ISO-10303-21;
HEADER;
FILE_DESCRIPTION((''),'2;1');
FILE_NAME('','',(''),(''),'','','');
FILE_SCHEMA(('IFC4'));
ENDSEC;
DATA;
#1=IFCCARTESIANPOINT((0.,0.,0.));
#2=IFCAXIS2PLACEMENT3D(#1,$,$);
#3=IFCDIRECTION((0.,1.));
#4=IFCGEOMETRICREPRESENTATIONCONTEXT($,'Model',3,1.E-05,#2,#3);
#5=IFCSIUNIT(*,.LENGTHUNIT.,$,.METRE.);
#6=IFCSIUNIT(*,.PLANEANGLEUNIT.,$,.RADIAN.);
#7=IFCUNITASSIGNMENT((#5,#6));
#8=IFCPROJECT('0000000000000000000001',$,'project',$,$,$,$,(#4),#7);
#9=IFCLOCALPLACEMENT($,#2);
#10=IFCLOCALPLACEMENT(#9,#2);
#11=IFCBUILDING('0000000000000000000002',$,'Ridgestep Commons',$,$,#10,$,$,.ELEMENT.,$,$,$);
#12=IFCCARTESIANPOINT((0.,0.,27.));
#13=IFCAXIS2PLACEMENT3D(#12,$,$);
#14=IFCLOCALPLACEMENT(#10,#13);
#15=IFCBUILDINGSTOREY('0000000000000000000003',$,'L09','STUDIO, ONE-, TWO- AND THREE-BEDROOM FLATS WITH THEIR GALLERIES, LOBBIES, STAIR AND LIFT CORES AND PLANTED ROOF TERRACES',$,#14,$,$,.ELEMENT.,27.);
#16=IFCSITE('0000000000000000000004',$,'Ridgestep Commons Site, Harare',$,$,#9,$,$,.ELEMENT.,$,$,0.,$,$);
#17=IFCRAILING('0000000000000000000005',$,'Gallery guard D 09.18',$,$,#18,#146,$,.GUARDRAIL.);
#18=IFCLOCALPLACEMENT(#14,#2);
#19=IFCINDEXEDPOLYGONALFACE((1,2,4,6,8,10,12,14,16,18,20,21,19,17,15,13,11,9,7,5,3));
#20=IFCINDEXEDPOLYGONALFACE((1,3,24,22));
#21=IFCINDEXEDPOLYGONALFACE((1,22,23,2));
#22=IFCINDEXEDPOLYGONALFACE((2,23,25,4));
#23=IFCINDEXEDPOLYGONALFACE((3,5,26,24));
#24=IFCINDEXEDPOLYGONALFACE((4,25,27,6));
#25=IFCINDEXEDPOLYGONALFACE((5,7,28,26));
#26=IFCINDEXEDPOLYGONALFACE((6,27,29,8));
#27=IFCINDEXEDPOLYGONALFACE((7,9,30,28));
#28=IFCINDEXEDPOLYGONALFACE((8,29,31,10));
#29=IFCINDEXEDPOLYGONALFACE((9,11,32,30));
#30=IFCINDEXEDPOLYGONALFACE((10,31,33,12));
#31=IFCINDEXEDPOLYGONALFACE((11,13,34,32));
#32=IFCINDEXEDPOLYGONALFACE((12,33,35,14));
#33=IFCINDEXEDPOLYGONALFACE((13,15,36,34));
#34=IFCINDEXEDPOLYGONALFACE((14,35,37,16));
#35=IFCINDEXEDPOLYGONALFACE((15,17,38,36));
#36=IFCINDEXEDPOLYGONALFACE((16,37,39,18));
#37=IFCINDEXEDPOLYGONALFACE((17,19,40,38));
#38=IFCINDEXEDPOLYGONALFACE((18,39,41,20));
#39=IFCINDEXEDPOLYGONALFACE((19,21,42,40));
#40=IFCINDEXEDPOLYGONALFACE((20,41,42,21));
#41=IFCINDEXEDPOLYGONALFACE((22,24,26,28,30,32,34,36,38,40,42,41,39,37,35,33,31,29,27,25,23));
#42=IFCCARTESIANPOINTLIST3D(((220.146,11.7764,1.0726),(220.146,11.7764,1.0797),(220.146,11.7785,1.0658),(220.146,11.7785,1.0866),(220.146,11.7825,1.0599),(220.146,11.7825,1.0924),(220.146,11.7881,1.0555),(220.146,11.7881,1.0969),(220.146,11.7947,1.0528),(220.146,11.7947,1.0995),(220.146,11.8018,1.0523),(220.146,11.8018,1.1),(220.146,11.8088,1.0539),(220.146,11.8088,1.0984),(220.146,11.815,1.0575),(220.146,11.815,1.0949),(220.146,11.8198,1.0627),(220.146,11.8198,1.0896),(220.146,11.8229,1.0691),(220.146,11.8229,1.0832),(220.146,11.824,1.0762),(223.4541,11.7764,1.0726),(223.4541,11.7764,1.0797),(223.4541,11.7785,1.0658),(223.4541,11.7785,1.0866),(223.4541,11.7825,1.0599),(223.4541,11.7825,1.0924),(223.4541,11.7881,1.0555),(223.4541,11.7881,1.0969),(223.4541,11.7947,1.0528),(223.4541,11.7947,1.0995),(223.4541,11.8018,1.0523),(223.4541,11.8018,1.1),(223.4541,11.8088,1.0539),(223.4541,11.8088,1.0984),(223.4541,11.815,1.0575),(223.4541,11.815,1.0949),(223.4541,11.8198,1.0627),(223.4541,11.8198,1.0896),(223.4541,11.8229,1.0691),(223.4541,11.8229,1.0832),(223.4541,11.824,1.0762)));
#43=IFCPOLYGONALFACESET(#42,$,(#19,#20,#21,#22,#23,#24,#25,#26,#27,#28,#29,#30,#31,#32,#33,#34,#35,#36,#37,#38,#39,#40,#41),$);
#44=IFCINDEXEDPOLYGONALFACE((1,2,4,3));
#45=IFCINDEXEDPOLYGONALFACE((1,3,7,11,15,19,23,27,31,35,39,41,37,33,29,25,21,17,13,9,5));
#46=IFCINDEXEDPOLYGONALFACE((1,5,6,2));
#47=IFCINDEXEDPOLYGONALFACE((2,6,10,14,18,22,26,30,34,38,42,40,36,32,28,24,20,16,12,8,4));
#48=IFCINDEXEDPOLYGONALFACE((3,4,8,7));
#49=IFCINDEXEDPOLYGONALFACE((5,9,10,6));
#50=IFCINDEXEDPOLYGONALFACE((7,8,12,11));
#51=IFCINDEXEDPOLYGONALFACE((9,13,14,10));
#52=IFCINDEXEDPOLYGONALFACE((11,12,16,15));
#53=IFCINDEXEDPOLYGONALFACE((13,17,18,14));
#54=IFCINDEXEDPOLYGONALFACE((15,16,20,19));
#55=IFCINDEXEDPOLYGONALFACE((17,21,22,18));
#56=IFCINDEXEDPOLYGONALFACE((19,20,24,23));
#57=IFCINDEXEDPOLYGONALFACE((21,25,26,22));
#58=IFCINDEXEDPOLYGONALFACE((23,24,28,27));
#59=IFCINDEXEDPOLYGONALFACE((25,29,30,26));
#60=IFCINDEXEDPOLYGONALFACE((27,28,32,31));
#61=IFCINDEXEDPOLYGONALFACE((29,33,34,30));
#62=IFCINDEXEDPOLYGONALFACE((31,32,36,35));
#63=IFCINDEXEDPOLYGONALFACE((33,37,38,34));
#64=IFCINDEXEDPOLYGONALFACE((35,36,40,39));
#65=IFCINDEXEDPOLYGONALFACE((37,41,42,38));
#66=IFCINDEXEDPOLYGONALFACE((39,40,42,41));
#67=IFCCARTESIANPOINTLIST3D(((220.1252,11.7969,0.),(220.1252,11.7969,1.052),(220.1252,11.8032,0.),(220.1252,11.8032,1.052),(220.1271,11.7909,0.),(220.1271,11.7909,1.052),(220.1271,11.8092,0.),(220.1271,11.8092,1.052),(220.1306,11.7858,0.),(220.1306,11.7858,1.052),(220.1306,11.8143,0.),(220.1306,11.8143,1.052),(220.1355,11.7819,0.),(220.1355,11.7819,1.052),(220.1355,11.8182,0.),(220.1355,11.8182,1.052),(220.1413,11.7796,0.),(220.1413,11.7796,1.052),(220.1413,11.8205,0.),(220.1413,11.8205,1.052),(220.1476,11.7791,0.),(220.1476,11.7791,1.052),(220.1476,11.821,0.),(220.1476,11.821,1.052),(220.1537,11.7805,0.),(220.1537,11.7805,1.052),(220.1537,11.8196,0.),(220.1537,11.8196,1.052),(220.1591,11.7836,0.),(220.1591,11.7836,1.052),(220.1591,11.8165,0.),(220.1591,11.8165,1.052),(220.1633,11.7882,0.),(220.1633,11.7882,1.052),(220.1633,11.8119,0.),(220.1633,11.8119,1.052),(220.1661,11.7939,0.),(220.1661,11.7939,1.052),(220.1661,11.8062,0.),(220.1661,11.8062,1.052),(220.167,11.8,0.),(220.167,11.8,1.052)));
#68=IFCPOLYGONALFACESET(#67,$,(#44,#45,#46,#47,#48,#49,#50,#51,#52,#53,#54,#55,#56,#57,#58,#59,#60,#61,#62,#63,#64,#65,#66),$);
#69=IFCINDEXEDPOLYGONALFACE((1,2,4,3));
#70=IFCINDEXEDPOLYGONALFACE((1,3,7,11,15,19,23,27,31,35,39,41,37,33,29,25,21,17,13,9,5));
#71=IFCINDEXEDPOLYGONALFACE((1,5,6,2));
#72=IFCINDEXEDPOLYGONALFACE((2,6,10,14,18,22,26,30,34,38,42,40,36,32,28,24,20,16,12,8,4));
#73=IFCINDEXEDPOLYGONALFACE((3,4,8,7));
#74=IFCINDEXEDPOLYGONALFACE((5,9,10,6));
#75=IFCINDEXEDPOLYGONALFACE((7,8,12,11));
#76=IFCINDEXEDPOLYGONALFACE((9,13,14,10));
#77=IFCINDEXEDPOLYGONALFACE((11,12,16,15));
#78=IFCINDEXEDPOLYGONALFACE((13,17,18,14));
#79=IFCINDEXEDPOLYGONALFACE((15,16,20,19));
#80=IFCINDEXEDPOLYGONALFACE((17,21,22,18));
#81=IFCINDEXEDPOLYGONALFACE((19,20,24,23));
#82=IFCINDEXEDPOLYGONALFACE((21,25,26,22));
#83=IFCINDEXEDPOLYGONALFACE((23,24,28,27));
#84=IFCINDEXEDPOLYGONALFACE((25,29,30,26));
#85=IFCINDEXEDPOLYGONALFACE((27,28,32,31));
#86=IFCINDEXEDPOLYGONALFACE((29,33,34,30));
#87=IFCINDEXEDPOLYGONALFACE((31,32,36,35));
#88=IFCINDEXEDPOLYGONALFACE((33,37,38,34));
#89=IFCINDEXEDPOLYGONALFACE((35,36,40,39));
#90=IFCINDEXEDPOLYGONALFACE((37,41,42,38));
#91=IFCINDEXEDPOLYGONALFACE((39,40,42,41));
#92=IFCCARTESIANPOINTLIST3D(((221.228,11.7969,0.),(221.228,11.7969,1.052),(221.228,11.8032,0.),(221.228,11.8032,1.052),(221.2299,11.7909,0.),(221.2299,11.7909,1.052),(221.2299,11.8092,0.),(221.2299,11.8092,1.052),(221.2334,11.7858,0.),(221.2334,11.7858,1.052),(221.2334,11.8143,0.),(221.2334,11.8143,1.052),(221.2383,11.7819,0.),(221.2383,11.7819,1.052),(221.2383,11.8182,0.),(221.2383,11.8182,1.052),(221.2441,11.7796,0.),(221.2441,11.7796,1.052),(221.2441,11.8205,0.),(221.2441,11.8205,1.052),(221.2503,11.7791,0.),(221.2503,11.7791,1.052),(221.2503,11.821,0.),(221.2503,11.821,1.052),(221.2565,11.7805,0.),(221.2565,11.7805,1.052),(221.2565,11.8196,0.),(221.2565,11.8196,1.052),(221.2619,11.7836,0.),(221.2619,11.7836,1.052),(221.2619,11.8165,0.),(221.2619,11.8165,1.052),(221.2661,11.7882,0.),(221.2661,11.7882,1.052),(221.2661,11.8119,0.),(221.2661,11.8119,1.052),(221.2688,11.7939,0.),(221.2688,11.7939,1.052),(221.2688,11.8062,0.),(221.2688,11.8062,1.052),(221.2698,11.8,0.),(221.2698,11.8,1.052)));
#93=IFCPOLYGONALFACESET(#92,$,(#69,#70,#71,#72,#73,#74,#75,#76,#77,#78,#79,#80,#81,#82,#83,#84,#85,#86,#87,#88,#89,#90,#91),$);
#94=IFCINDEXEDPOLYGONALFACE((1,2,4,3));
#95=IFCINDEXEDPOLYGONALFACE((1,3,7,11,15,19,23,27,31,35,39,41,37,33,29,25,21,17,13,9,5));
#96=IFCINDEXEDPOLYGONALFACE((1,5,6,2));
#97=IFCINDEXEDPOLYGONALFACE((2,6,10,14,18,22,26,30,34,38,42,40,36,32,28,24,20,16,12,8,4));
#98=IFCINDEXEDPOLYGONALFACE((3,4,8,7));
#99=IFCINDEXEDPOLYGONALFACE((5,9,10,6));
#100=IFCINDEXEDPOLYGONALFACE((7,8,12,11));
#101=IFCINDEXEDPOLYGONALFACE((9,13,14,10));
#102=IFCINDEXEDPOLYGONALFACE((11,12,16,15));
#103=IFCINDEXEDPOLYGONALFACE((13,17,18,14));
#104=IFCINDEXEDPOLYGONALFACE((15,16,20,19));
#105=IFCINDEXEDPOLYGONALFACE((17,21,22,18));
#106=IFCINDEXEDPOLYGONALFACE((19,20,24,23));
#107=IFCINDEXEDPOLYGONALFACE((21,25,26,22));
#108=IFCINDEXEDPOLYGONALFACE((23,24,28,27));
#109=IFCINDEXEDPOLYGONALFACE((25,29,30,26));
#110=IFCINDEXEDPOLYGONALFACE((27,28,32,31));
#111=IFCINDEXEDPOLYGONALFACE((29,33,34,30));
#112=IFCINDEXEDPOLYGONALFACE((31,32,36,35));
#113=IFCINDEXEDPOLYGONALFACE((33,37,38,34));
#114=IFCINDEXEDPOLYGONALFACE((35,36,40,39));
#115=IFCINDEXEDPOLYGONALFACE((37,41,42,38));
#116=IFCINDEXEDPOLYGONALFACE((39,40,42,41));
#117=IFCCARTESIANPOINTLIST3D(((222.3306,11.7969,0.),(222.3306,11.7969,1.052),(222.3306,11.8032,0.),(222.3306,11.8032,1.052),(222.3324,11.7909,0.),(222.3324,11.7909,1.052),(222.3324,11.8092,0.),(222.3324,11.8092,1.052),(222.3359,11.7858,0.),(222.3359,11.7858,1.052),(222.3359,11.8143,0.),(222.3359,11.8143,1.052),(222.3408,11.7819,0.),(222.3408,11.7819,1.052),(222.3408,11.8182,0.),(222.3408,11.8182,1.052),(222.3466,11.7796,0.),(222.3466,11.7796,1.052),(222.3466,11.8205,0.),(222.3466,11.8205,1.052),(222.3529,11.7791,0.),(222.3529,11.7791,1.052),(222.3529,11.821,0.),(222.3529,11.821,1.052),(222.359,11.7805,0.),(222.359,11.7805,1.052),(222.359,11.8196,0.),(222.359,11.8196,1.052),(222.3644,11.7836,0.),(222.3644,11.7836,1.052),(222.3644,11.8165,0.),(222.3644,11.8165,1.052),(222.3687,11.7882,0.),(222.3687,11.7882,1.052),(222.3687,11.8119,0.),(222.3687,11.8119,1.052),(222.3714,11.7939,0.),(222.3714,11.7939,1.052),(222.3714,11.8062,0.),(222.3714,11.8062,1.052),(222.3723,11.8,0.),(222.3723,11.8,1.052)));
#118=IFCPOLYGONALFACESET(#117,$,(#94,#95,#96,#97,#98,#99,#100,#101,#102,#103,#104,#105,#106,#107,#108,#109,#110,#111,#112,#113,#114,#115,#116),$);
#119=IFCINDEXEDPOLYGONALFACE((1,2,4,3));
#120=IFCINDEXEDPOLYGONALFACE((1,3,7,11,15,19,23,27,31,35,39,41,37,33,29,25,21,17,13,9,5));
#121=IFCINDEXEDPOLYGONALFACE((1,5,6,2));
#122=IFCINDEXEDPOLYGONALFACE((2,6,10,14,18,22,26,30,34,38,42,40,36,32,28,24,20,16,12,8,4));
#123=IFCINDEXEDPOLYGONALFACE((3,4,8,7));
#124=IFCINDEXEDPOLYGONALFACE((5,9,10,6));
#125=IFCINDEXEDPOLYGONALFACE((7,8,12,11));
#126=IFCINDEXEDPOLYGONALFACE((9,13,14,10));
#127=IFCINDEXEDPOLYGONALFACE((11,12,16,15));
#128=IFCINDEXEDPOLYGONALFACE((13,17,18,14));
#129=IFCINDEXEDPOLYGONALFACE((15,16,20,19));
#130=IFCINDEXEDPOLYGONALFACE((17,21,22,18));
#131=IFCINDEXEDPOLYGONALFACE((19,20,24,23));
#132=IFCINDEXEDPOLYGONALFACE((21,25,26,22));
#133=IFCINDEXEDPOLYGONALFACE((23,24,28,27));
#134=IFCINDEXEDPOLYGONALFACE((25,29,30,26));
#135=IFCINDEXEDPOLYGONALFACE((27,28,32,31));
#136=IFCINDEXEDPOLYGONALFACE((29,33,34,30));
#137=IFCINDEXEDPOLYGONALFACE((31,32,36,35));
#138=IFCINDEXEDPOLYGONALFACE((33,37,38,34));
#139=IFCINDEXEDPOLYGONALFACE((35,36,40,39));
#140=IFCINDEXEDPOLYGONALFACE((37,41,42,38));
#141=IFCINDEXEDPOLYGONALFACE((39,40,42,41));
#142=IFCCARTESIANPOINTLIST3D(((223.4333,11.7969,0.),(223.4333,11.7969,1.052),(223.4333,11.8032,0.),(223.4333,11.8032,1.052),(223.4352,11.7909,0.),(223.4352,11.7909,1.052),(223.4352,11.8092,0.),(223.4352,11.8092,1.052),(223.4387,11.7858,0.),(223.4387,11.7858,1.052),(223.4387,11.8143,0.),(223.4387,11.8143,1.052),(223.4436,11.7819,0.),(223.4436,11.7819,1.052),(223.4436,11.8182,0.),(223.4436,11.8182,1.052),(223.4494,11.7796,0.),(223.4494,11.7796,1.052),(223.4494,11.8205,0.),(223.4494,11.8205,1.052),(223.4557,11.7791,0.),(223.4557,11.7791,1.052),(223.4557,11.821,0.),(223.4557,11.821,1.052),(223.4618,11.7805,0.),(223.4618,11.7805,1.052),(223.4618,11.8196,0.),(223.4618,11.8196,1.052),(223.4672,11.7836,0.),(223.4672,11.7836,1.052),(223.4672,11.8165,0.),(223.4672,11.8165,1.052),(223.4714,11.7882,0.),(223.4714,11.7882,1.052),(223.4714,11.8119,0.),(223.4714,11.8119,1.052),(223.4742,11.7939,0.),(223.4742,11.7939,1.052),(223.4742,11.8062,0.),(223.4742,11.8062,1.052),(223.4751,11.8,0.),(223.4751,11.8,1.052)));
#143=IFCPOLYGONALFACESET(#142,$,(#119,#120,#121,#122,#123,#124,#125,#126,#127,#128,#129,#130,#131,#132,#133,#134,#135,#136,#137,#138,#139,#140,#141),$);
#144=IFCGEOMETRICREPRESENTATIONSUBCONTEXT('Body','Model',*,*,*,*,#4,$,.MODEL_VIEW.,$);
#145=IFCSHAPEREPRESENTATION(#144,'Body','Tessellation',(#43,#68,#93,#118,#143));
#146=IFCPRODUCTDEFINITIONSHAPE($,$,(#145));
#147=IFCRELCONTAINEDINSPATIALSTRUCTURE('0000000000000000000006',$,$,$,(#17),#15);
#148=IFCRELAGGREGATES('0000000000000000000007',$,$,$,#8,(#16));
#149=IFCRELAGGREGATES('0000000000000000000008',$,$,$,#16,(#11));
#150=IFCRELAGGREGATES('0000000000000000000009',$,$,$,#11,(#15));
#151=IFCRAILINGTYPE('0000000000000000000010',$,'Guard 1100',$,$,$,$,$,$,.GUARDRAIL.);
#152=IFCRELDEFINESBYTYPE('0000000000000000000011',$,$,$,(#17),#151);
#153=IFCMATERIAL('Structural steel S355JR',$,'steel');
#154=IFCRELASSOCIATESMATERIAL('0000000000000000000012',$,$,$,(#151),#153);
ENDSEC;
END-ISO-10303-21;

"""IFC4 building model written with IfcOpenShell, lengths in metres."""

from ifc_helpers import new_model, si_unit, direction, frame, origin, origin_2d, place, context, subcontext, project, spatial, circle, extrude, material, type_object, element, save


model = new_model("IFC4")

# Units and contexts
model_context = context("Model", 3, precision=1e-05, world=origin(), true_north=direction((0.0, 1.0)))
body_context = subcontext(model_context, "Body", "Model", "MODEL_VIEW")
ifc_project = project(units=[si_unit("LENGTHUNIT", "METRE"), si_unit("PLANEANGLEUNIT", "RADIAN")], contexts=[model_context])

# Site, building, storey
site_placement = place(None, origin())
site = spatial("IfcSite", under=ifc_project, at=site_placement, Name="Ridgestep Commons Site, Harare", CompositionType="ELEMENT", RefElevation=0.0)
building_placement = place(site_placement, origin())
building = spatial("IfcBuilding", under=site, at=building_placement, Name="Ridgestep Commons", CompositionType="ELEMENT")
storey_placement = place(building_placement, frame((0.0, 0.0, 27.0)))
storey = spatial("IfcBuildingStorey", under=building, at=storey_placement, Name="L09", Description="STUDIO, ONE-, TWO- AND THREE-BEDROOM FLATS WITH THEIR GALLERIES, LOBBIES, STAIR AND LIFT CORES AND PLANTED ROOF TERRACES", CompositionType="ELEMENT", Elevation=27.0)

# Railing
ifc_material_1 = material(Name="Structural steel S355JR", Category="steel")
railing_type_1 = type_object("IfcRailingType", Name="Guard 1100", PredefinedType="GUARDRAIL", material=ifc_material_1)
railing_1_placement = place(storey_placement, frame((220.146, 11.8, 0.0)))
element("IfcRailing", 1, at=railing_1_placement, inside=storey, type_object=railing_type_1, Name="Gallery guard D 09.18", PredefinedType="GUARDRAIL", context=body_context, shape_type="SweptSolid", body=[
    extrude(circle(Radius=0.0239, at=origin_2d()), frame((0.0, 0.0, 1.0762), z_axis=(1.0, 0.0, 0.0), x_axis=(0.0, 1.0, 0.0)), (0.0, 0.0, 1.0), 3.3081),
    extrude(circle(Radius=0.021, at=origin_2d()), origin(), (0.0, 0.0, 1.0), 1.052),
    extrude(circle(Radius=0.021, at=origin_2d()), frame((1.1028, 0.0, 0.0)), (0.0, 0.0, 1.0), 1.052),
    extrude(circle(Radius=0.021, at=origin_2d()), frame((2.2053, 0.0, 0.0)), (0.0, 0.0, 1.0), 1.052),
    extrude(circle(Radius=0.021, at=origin_2d()), frame((3.3081, 0.0, 0.0)), (0.0, 0.0, 1.0), 1.052),
])

save(model, "model.ifc")
